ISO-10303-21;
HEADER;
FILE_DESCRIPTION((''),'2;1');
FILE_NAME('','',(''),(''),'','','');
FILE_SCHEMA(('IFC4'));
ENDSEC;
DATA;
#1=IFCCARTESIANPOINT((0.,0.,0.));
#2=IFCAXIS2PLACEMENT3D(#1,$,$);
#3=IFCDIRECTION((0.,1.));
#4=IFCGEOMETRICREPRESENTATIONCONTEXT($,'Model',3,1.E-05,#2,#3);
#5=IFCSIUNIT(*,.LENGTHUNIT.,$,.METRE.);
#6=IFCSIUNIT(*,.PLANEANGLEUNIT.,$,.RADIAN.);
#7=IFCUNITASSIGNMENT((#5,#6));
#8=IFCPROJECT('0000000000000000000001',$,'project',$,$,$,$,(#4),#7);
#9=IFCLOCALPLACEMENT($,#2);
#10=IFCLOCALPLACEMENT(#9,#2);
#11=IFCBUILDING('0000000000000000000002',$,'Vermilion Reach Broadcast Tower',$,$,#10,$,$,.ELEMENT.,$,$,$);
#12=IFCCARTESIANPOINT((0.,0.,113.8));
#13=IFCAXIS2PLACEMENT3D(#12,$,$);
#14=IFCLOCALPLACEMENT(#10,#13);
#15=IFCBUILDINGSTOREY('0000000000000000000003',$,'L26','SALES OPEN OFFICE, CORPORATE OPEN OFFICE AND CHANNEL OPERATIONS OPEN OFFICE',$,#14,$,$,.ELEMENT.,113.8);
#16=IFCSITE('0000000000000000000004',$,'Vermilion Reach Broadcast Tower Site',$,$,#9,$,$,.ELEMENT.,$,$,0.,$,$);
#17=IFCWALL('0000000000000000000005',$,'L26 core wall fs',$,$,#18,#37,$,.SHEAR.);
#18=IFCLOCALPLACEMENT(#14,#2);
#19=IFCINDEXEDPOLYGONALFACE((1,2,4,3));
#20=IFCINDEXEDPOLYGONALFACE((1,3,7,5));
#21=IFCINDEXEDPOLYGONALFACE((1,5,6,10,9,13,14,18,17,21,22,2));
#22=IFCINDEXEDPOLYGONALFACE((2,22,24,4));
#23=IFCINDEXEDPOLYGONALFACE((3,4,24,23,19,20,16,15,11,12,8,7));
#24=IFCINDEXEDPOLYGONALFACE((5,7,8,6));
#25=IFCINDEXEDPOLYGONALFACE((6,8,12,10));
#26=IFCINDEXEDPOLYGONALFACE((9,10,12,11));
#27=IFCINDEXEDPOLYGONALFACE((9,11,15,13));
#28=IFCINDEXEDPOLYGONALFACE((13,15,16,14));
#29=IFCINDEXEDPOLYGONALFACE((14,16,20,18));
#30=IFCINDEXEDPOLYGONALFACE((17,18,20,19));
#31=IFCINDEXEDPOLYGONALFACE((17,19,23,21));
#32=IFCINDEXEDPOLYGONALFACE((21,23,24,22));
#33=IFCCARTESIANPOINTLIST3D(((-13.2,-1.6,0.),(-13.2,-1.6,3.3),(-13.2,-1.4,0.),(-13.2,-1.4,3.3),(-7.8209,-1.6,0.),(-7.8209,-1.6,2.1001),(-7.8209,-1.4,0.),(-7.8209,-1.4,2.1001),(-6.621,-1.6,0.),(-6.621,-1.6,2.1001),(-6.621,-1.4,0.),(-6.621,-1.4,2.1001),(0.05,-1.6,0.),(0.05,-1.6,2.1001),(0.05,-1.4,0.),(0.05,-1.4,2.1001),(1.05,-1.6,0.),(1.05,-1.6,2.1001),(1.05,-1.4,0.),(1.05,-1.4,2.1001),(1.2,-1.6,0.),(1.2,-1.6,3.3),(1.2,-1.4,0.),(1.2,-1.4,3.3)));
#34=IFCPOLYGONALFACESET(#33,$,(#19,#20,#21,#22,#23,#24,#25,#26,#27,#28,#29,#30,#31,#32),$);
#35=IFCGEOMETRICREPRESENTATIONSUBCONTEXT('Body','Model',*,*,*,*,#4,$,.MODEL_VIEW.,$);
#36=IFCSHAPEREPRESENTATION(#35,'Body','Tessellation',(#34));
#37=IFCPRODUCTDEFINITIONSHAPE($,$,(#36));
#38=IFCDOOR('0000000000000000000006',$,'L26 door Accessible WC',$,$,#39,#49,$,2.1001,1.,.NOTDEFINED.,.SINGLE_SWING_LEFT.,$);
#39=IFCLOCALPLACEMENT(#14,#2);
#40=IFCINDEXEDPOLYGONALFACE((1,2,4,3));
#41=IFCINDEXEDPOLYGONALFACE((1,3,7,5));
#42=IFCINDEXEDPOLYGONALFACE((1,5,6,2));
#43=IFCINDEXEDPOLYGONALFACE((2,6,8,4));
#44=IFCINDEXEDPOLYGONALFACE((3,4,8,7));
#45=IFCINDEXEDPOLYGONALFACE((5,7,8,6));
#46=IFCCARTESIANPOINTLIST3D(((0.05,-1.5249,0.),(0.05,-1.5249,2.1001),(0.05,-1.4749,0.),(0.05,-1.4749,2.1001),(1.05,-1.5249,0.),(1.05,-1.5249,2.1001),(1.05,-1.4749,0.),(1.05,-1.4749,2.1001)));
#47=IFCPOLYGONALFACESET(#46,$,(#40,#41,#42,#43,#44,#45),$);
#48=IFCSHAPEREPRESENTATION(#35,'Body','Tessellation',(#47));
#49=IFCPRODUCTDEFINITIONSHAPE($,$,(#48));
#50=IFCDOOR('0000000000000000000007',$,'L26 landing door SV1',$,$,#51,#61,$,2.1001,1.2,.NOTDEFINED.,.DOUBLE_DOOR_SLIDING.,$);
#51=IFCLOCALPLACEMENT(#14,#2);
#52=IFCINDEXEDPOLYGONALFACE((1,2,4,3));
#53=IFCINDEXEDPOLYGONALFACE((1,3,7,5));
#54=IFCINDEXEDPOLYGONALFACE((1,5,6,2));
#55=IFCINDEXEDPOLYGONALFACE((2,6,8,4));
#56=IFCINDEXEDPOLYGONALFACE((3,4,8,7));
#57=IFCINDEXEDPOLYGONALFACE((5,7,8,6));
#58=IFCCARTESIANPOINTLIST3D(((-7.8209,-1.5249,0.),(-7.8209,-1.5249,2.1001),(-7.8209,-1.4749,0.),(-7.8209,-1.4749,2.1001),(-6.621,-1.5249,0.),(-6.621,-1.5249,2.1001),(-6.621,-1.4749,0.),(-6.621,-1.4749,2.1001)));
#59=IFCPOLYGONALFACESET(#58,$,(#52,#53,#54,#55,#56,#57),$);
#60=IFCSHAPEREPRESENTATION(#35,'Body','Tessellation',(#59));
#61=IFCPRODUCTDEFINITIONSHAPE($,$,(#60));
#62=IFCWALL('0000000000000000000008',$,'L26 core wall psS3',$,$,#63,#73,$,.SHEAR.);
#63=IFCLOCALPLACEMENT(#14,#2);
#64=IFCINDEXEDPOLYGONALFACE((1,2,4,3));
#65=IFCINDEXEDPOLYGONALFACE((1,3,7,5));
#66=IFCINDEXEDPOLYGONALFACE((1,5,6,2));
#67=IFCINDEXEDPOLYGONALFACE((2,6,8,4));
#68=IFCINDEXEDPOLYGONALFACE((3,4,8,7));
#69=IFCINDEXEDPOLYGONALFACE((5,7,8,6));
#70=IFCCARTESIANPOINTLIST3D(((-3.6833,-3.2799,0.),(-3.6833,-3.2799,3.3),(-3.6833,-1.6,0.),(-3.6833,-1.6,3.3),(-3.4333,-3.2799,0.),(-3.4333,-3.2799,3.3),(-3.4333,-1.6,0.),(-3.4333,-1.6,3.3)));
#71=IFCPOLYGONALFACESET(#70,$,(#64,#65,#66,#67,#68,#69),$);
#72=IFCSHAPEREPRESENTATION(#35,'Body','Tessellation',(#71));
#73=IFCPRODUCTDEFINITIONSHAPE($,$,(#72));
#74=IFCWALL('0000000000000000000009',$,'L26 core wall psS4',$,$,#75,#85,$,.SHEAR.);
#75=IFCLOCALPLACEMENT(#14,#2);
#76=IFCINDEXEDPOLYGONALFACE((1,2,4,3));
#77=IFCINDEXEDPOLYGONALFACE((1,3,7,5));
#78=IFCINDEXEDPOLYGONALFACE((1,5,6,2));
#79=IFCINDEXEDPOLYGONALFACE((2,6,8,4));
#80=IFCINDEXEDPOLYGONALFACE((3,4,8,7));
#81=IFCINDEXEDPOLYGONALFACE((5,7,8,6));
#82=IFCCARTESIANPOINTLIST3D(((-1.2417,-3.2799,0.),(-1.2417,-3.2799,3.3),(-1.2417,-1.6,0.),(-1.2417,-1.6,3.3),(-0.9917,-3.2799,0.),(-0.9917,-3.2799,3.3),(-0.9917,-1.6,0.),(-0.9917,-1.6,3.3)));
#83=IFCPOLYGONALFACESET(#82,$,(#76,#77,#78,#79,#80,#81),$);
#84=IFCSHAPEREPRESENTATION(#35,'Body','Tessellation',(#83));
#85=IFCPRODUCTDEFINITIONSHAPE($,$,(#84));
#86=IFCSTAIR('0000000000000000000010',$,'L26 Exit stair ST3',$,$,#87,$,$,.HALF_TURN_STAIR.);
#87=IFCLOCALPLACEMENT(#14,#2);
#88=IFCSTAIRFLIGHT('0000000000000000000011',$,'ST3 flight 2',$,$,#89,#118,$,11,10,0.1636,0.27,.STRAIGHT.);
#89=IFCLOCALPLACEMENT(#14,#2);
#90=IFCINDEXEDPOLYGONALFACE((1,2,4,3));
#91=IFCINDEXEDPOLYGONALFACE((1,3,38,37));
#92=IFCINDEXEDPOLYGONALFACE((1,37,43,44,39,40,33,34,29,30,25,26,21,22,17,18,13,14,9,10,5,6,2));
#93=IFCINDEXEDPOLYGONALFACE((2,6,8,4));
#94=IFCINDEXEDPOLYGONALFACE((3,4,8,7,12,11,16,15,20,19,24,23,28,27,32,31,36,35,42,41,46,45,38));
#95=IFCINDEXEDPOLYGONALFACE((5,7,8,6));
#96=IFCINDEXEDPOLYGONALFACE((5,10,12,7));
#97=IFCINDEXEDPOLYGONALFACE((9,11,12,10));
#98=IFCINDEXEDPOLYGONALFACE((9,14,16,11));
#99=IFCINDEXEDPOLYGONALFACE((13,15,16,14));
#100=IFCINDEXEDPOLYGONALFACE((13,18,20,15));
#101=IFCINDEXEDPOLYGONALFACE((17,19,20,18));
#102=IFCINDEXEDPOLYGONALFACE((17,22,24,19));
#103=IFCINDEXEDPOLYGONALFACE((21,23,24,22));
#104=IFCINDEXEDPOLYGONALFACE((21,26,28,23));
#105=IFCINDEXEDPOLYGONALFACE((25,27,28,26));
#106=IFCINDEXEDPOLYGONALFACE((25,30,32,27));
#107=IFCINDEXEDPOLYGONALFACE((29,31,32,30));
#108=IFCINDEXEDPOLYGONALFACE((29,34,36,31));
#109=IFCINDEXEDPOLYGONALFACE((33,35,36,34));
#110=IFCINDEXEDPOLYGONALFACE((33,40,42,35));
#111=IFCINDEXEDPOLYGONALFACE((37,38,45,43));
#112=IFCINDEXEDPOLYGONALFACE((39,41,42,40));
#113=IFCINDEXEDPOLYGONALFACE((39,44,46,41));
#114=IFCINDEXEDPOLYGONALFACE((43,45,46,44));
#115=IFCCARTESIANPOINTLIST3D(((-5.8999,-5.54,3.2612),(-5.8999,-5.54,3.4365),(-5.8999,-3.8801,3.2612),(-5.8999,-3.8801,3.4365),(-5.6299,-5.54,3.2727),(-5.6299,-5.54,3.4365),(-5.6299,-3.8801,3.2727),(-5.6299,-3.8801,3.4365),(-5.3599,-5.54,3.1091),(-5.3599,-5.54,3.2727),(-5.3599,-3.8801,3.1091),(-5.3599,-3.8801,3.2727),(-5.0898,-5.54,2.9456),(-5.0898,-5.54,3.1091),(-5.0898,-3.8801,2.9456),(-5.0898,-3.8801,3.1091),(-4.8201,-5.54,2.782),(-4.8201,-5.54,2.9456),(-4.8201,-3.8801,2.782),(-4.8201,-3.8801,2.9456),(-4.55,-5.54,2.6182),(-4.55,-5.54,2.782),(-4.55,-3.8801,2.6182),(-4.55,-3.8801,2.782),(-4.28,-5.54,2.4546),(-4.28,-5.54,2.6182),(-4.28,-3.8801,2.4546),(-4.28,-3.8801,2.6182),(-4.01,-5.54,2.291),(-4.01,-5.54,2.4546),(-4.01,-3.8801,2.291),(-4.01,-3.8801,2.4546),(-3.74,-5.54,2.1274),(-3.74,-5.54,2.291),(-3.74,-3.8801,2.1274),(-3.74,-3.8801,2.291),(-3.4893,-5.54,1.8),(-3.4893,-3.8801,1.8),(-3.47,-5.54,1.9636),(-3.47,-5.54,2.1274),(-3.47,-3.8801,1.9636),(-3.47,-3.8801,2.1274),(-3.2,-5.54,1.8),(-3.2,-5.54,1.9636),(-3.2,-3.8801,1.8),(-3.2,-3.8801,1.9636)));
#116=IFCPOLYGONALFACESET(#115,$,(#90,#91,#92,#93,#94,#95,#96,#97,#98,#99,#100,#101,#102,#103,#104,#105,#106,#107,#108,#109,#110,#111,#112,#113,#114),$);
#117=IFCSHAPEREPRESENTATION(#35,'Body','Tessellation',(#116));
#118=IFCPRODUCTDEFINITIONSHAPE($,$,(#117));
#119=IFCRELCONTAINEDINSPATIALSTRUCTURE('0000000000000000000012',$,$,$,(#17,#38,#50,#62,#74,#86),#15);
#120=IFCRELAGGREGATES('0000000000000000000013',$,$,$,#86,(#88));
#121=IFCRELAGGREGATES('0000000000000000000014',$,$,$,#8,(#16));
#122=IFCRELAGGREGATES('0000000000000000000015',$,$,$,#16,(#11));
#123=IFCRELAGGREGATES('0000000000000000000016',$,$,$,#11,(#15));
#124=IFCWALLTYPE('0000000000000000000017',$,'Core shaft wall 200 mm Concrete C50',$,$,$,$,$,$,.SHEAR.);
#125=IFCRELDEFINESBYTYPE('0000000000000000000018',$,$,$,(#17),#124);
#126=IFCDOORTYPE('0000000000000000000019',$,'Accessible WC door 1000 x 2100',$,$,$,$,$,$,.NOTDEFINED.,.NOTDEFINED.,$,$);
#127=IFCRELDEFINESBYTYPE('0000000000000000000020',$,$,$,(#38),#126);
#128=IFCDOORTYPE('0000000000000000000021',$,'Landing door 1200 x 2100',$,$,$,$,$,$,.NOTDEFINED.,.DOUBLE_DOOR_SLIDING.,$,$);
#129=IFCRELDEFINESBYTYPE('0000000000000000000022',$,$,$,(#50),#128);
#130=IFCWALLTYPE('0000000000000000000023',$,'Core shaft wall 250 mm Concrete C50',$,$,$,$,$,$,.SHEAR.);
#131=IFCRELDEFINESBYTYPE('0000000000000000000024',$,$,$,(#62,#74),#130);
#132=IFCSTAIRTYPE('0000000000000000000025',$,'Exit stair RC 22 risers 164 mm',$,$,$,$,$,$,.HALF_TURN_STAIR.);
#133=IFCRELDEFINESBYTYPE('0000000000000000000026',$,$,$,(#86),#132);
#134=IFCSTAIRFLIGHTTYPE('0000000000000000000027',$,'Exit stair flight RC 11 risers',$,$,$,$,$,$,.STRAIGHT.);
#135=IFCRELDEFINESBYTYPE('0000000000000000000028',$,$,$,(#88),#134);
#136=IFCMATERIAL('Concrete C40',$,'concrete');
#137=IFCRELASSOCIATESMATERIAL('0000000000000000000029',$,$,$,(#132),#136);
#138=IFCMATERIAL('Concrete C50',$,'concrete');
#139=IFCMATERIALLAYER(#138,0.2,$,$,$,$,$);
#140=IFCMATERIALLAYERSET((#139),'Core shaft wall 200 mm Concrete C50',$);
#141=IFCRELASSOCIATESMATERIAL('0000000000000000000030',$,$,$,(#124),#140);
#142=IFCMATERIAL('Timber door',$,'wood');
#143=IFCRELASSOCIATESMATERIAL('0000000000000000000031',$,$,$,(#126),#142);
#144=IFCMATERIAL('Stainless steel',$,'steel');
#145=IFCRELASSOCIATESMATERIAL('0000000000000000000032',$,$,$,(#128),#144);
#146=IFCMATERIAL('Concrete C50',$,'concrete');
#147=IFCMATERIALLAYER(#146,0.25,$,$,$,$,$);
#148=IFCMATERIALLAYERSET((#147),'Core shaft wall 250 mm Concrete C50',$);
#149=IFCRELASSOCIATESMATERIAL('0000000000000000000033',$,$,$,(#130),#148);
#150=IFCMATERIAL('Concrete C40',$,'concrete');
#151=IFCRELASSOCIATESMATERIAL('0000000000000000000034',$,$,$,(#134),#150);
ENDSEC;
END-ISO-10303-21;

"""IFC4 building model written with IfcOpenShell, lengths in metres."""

from ifc_helpers import new_model, si_unit, direction, frame, frame_2d, origin, place, context, subcontext, project, spatial, polyline, rectangle, outline, extrude, material, layer, layer_set, type_object, element, fill, aggregate, save


model = new_model("IFC4")

# Units and contexts
model_context = context("Model", 3, precision=1e-05, world=origin(), true_north=direction((0.0, 1.0)))
body_context = subcontext(model_context, "Body", "Model", "MODEL_VIEW")
ifc_project = project(units=[si_unit("LENGTHUNIT", "METRE"), si_unit("PLANEANGLEUNIT", "RADIAN")], contexts=[model_context])

# Site, building, storey
site_placement = place(None, origin())
site = spatial("IfcSite", under=ifc_project, at=site_placement, Name="Vermilion Reach Broadcast Tower Site", CompositionType="ELEMENT", RefElevation=0.0)
building_placement = place(site_placement, origin())
building = spatial("IfcBuilding", under=site, at=building_placement, Name="Vermilion Reach Broadcast Tower", CompositionType="ELEMENT")
storey_placement = place(building_placement, frame((0.0, 0.0, 113.8)))
storey = spatial("IfcBuildingStorey", under=building, at=storey_placement, Name="L26", Description="SALES OPEN OFFICE, CORPORATE OPEN OFFICE AND CHANNEL OPERATIONS OPEN OFFICE", CompositionType="ELEMENT", Elevation=113.8)

# Shared definitions
ifc_material_1 = material(Name="Concrete C40", Category="concrete")
stair_type = type_object("IfcStairType", Name="Exit stair RC 22 risers 164 mm", PredefinedType="HALF_TURN_STAIR", material=ifc_material_1)
placement_1 = place(storey_placement, origin())

# Wall, openings, doors
ifc_material_2 = material(Name="Concrete C50", Category="concrete")
ifc_layer_1 = layer(ifc_material_2, 0.2)
ifc_layer_set_1 = layer_set([ifc_layer_1], Name="Core shaft wall 200 mm Concrete C50")
wall_type_1 = type_object("IfcWallType", Name="Core shaft wall 200 mm Concrete C50", PredefinedType="SHEAR", material=ifc_layer_set_1)
wall_1_placement = place(storey_placement, frame((1.2, -1.5, 0.0), z_axis=(0.0, 0.0, 1.0), x_axis=(-1.0, 0.0, 0.0)))
wall_1 = element("IfcWall", 1, at=wall_1_placement, inside=storey, type_object=wall_type_1, Name="L26 core wall fs", PredefinedType="SHEAR", context=body_context, shape_type="SweptSolid", body=[
    extrude(rectangle(XDim=14.3999, YDim=0.2, at=frame_2d((7.2, 0.0))), origin(), (0.0, 0.0, 1.0), 3.3),
])
opening_1_placement = place(wall_1_placement, frame((7.8208, 0.0, 0.0)))
opening_1 = element("IfcOpeningElement", 2, at=opening_1_placement, cuts=wall_1, PredefinedType="OPENING", context=body_context, shape_type="SweptSolid", body=[
    extrude(rectangle(XDim=1.2, YDim=2.1001, at=frame_2d((0.6001, 1.05))), frame((0.0, 0.1099, 0.0), z_axis=(0.0, -1.0, 0.0), x_axis=(1.0, 0.0, 0.0)), (0.0, 0.0, 1.0), 0.22),
])
opening_2_placement = place(wall_1_placement, frame((0.1499, 0.0, 0.0)))
opening_2 = element("IfcOpeningElement", 3, at=opening_2_placement, cuts=wall_1, PredefinedType="OPENING", context=body_context, shape_type="SweptSolid", body=[
    extrude(rectangle(XDim=1.0, YDim=2.1001, at=frame_2d((0.5, 1.05))), frame((0.0, 0.1099, 0.0), z_axis=(0.0, -1.0, 0.0), x_axis=(1.0, 0.0, 0.0)), (0.0, 0.0, 1.0), 0.22),
])
ifc_material_3 = material(Name="Timber door", Category="wood")
door_type_1 = type_object("IfcDoorType", Name="Accessible WC door 1000 x 2100", OperationType="NOTDEFINED", PredefinedType="NOTDEFINED", material=ifc_material_3)
door_1_placement = place(opening_2_placement, origin())
door_1 = element("IfcDoor", 4, at=door_1_placement, inside=storey, type_object=door_type_1, Name="L26 door Accessible WC", OperationType="SINGLE_SWING_LEFT", OverallHeight=2.1001, OverallWidth=1.0, PredefinedType="NOTDEFINED", context=body_context, shape_type="SweptSolid", body=[
    extrude(rectangle(XDim=1.0, YDim=2.1001, at=frame_2d((0.5, 1.05))), frame((0.0, 0.0249, 0.0), z_axis=(0.0, -1.0, 0.0), x_axis=(1.0, 0.0, 0.0)), (0.0, 0.0, 1.0), 0.05),
])
fill(opening_2, door_1)
ifc_material_4 = material(Name="Stainless steel", Category="steel")
door_type_2 = type_object("IfcDoorType", Name="Landing door 1200 x 2100", OperationType="DOUBLE_DOOR_SLIDING", PredefinedType="NOTDEFINED", material=ifc_material_4)
door_2_placement = place(opening_1_placement, origin())
door_2 = element("IfcDoor", 5, at=door_2_placement, inside=storey, type_object=door_type_2, Name="L26 landing door SV1", OperationType="DOUBLE_DOOR_SLIDING", OverallHeight=2.1001, OverallWidth=1.2, PredefinedType="NOTDEFINED", context=body_context, shape_type="SweptSolid", body=[
    extrude(rectangle(XDim=1.2, YDim=2.1001, at=frame_2d((0.6001, 1.05))), frame((0.0, 0.0249, 0.0), z_axis=(0.0, -1.0, 0.0), x_axis=(1.0, 0.0, 0.0)), (0.0, 0.0, 1.0), 0.05),
])
fill(opening_1, door_2)

# Walls
ifc_material_5 = material(Name="Concrete C50", Category="concrete")
ifc_layer_2 = layer(ifc_material_5, 0.25)
ifc_layer_set_2 = layer_set([ifc_layer_2], Name="Core shaft wall 250 mm Concrete C50")
wall_type_2 = type_object("IfcWallType", Name="Core shaft wall 250 mm Concrete C50", PredefinedType="SHEAR", material=ifc_layer_set_2)
for number, where, z_axis, x_axis, name in (
    (6, (-3.5583, -1.6001, 0.0), (0.0, 0.0, 1.0), (0.0, -1.0, 0.0), "L26 core wall psS3"),
    (7, (-1.1167, -1.6001, 0.0), (0.0, 0.0, 1.0), (0.0, -1.0, 0.0), "L26 core wall psS4"),
):
    element("IfcWall", number, at=place(storey_placement, frame(where, z_axis=z_axis, x_axis=x_axis)), inside=storey, type_object=wall_type_2, Name=name, PredefinedType="SHEAR", context=body_context, shape_type="SweptSolid", body=[
        extrude(rectangle(XDim=1.6799, YDim=0.25, at=frame_2d((0.8398, 0.0))), origin(), (0.0, 0.0, 1.0), 3.3),
    ])

# Stair, stair flight
stair_1 = element("IfcStair", 8, at=placement_1, inside=storey, type_object=stair_type, Name="L26 Exit stair ST3", PredefinedType="HALF_TURN_STAIR")
ifc_material_6 = material(Name="Concrete C40", Category="concrete")
stair_flight_type = type_object("IfcStairFlightType", Name="Exit stair flight RC 11 risers", PredefinedType="STRAIGHT", material=ifc_material_6)
stair_flight_placement = place(storey_placement, frame((-3.2, -4.71, 1.8), z_axis=(0.0, 0.0, 1.0), x_axis=(-1.0, 0.0, 0.0)))
stair_flight = element("IfcStairFlight", 9, at=stair_flight_placement, type_object=stair_flight_type, Name="ST3 flight 2", NumberOfRisers=11, NumberOfTreads=10, PredefinedType="STRAIGHT", RiserHeight=0.1636, TreadLength=0.27, context=body_context, shape_type="SweptSolid", body=[
    extrude(outline(polyline([(0.0, 0.0), (0.0, 0.1636), (0.27, 0.1636), (0.27, 0.3274), (0.54, 0.3274), (0.54, 0.491), (0.8101, 0.491), (0.8101, 0.6545), (1.0801, 0.6545), (1.0801, 0.8181), (1.3501, 0.8181), (1.3501, 0.9819), (1.6201, 0.9819), (1.6201, 1.1455), (1.8899, 1.1455), (1.8899, 1.3091), (2.1599, 1.3091), (2.1599, 1.4727), (2.4299, 1.4727), (2.4299, 1.6365), (2.7, 1.6365), (2.7, 1.8), (2.7, 1.4612), (0.2893, 0.0), (0.0, 0.0)])), frame((0.0, 0.8301, 0.0), z_axis=(0.0, -1.0, 0.0), x_axis=(1.0, 0.0, 0.0)), (0.0, 0.0, 1.0), 1.6599),
])
aggregate(stair_1, [stair_flight])

save(model, "model.ifc")
